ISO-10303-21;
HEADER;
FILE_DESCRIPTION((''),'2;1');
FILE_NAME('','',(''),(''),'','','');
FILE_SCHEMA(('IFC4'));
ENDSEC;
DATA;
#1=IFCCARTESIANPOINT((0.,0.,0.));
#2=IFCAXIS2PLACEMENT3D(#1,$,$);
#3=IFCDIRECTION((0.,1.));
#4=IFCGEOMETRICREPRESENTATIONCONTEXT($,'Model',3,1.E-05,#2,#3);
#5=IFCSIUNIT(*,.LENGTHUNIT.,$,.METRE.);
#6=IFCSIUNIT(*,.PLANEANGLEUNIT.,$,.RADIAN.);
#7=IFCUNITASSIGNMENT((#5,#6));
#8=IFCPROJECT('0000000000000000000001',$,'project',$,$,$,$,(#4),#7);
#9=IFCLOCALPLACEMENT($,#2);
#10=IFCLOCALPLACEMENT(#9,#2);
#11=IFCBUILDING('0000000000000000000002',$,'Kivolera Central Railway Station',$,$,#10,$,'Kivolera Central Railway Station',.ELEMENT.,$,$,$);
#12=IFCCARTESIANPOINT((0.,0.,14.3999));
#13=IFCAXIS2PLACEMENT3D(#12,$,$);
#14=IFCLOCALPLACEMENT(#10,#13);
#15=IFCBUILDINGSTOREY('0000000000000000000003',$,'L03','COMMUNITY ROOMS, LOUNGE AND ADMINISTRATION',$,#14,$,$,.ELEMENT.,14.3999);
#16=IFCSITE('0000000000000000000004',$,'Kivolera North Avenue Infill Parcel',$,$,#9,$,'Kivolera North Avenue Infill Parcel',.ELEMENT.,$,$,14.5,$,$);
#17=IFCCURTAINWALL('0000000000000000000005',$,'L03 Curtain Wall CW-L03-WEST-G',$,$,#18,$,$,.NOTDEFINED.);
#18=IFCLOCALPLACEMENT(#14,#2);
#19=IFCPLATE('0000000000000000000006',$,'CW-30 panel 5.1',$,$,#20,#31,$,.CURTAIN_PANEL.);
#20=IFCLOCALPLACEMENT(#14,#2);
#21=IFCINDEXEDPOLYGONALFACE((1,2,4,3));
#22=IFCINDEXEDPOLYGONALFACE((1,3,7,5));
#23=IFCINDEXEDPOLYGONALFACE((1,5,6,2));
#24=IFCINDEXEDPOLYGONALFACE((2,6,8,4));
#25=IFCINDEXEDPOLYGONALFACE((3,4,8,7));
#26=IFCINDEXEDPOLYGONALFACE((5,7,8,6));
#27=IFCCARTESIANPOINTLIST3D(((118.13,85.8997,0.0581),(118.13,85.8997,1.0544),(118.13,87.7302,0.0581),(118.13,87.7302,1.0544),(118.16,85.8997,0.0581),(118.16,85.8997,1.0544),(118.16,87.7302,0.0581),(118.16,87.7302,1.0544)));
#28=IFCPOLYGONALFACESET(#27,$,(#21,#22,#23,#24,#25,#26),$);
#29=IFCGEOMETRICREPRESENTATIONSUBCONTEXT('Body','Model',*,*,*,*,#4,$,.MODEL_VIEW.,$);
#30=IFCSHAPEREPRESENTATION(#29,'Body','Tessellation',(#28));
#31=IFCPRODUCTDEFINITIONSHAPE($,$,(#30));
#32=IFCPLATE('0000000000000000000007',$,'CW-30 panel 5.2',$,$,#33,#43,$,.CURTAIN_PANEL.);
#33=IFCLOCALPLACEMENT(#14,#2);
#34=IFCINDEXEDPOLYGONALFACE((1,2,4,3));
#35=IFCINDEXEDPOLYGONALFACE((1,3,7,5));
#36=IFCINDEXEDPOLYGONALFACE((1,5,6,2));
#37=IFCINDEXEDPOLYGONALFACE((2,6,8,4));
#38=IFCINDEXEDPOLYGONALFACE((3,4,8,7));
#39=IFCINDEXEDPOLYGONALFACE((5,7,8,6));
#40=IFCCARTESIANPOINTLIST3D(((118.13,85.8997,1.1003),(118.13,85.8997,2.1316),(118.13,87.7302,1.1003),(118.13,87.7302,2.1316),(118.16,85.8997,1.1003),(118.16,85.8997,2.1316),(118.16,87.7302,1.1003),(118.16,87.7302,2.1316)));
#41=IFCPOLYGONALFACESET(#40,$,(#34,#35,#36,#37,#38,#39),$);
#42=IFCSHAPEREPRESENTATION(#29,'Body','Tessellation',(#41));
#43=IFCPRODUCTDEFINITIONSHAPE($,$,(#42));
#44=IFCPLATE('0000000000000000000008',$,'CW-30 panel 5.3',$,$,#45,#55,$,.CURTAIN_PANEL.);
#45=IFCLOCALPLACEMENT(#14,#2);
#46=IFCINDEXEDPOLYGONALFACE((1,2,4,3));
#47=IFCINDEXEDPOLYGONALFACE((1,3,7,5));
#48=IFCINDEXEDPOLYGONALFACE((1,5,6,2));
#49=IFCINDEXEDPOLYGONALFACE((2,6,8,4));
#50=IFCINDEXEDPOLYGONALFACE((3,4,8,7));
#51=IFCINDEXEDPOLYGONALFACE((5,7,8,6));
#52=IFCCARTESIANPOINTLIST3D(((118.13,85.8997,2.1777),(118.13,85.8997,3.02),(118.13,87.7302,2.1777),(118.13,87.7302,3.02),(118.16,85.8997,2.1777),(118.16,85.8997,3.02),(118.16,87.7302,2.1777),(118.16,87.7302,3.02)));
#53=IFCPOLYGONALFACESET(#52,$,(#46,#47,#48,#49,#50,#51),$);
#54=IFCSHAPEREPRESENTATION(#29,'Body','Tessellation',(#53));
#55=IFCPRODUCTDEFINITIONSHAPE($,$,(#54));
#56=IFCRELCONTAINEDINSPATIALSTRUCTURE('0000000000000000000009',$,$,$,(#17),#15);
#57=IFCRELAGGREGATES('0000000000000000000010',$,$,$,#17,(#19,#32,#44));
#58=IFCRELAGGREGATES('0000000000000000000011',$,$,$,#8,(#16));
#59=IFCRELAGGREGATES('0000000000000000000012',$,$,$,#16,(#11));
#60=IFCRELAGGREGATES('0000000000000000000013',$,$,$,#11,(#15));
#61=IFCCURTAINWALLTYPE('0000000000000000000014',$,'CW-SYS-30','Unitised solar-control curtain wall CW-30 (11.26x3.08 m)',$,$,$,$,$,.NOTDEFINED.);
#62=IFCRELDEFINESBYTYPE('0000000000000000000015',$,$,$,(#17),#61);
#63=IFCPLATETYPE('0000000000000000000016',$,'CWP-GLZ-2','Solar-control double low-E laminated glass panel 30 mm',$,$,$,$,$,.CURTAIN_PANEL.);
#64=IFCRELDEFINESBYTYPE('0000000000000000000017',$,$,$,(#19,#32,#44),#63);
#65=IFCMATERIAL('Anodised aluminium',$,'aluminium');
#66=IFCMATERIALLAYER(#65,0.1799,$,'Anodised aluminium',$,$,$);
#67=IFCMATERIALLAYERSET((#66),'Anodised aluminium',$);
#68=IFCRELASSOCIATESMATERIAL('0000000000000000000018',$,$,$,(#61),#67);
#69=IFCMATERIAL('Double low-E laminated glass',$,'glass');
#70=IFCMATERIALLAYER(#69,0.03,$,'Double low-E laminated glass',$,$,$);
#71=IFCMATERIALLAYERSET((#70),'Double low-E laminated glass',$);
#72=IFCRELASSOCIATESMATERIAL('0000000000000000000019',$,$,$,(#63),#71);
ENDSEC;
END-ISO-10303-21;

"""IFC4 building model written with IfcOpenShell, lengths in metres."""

from ifc_helpers import new_model, si_unit, direction, frame, origin, origin_2d, place, context, subcontext, project, spatial, rectangle, extrude, material, layer, layer_set, type_object, element, aggregate, save


model = new_model("IFC4")

# Units and contexts
model_context = context("Model", 3, precision=1e-05, world=origin(), true_north=direction((0.0, 1.0)))
body_context = subcontext(model_context, "Body", "Model", "MODEL_VIEW")
ifc_project = project(units=[si_unit("LENGTHUNIT", "METRE"), si_unit("PLANEANGLEUNIT", "RADIAN")], contexts=[model_context])

# Site, building, storey
site_placement = place(None, origin())
site = spatial("IfcSite", under=ifc_project, at=site_placement, Name="Kivolera North Avenue Infill Parcel", LongName="Kivolera North Avenue Infill Parcel", CompositionType="ELEMENT", RefElevation=14.5)
building_placement = place(site_placement, origin())
building = spatial("IfcBuilding", under=site, at=building_placement, Name="Kivolera Central Railway Station", LongName="Kivolera Central Railway Station", CompositionType="ELEMENT")
storey_placement = place(building_placement, frame((0.0, 0.0, 14.3999)))
storey = spatial("IfcBuildingStorey", under=building, at=storey_placement, Name="L03", Description="COMMUNITY ROOMS, LOUNGE AND ADMINISTRATION", CompositionType="ELEMENT", Elevation=14.3999)

# Curtain wall, plates
ifc_material_1 = material(Name="Anodised aluminium", Category="aluminium")
ifc_layer_1 = layer(ifc_material_1, 0.1799, Name="Anodised aluminium")
ifc_layer_set_1 = layer_set([ifc_layer_1], Name="Anodised aluminium")
curtain_wall_type = type_object("IfcCurtainWallType", Name="CW-SYS-30", Description="Unitised solar-control curtain wall CW-30 (11.26x3.08 m)", PredefinedType="NOTDEFINED", material=ifc_layer_set_1)
curtain_wall_placement = place(storey_placement, origin())
curtain_wall = element("IfcCurtainWall", 1, at=curtain_wall_placement, inside=storey, type_object=curtain_wall_type, Name="L03 Curtain Wall CW-L03-WEST-G", PredefinedType="NOTDEFINED")
ifc_material_2 = material(Name="Double low-E laminated glass", Category="glass")
ifc_layer_2 = layer(ifc_material_2, 0.03, Name="Double low-E laminated glass")
ifc_layer_set_2 = layer_set([ifc_layer_2], Name="Double low-E laminated glass")
plate_type = type_object("IfcPlateType", Name="CWP-GLZ-2", Description="Solar-control double low-E laminated glass panel 30 mm", PredefinedType="CURTAIN_PANEL", material=ifc_layer_set_2)
plate_1_placement = place(storey_placement, frame((118.145, 86.8149, 0.0581), z_axis=(0.0, 0.0, 1.0), x_axis=(0.0, 1.0, 0.0)))
plate_1 = element("IfcPlate", 2, at=plate_1_placement, type_object=plate_type, Name="CW-30 panel 5.1", PredefinedType="CURTAIN_PANEL", context=body_context, shape_type="SweptSolid", body=[
    extrude(rectangle(XDim=1.8306, YDim=0.03, at=origin_2d()), origin(), (0.0, 0.0, 1.0), 0.9963),
])
plate_2_placement = place(storey_placement, frame((118.145, 86.8149, 1.1003), z_axis=(0.0, 0.0, 1.0), x_axis=(0.0, 1.0, 0.0)))
plate_2 = element("IfcPlate", 3, at=plate_2_placement, type_object=plate_type, Name="CW-30 panel 5.2", PredefinedType="CURTAIN_PANEL", context=body_context, shape_type="SweptSolid", body=[
    extrude(rectangle(XDim=1.8306, YDim=0.03, at=origin_2d()), origin(), (0.0, 0.0, 1.0), 1.0312),
])
plate_3_placement = place(storey_placement, frame((118.145, 86.8149, 2.1777), z_axis=(0.0, 0.0, 1.0), x_axis=(0.0, 1.0, 0.0)))
plate_3 = element("IfcPlate", 4, at=plate_3_placement, type_object=plate_type, Name="CW-30 panel 5.3", PredefinedType="CURTAIN_PANEL", context=body_context, shape_type="SweptSolid", body=[
    extrude(rectangle(XDim=1.8306, YDim=0.03, at=origin_2d()), origin(), (0.0, 0.0, 1.0), 0.8423),
])
aggregate(curtain_wall, [plate_1, plate_2, plate_3])

save(model, "model.ifc")
